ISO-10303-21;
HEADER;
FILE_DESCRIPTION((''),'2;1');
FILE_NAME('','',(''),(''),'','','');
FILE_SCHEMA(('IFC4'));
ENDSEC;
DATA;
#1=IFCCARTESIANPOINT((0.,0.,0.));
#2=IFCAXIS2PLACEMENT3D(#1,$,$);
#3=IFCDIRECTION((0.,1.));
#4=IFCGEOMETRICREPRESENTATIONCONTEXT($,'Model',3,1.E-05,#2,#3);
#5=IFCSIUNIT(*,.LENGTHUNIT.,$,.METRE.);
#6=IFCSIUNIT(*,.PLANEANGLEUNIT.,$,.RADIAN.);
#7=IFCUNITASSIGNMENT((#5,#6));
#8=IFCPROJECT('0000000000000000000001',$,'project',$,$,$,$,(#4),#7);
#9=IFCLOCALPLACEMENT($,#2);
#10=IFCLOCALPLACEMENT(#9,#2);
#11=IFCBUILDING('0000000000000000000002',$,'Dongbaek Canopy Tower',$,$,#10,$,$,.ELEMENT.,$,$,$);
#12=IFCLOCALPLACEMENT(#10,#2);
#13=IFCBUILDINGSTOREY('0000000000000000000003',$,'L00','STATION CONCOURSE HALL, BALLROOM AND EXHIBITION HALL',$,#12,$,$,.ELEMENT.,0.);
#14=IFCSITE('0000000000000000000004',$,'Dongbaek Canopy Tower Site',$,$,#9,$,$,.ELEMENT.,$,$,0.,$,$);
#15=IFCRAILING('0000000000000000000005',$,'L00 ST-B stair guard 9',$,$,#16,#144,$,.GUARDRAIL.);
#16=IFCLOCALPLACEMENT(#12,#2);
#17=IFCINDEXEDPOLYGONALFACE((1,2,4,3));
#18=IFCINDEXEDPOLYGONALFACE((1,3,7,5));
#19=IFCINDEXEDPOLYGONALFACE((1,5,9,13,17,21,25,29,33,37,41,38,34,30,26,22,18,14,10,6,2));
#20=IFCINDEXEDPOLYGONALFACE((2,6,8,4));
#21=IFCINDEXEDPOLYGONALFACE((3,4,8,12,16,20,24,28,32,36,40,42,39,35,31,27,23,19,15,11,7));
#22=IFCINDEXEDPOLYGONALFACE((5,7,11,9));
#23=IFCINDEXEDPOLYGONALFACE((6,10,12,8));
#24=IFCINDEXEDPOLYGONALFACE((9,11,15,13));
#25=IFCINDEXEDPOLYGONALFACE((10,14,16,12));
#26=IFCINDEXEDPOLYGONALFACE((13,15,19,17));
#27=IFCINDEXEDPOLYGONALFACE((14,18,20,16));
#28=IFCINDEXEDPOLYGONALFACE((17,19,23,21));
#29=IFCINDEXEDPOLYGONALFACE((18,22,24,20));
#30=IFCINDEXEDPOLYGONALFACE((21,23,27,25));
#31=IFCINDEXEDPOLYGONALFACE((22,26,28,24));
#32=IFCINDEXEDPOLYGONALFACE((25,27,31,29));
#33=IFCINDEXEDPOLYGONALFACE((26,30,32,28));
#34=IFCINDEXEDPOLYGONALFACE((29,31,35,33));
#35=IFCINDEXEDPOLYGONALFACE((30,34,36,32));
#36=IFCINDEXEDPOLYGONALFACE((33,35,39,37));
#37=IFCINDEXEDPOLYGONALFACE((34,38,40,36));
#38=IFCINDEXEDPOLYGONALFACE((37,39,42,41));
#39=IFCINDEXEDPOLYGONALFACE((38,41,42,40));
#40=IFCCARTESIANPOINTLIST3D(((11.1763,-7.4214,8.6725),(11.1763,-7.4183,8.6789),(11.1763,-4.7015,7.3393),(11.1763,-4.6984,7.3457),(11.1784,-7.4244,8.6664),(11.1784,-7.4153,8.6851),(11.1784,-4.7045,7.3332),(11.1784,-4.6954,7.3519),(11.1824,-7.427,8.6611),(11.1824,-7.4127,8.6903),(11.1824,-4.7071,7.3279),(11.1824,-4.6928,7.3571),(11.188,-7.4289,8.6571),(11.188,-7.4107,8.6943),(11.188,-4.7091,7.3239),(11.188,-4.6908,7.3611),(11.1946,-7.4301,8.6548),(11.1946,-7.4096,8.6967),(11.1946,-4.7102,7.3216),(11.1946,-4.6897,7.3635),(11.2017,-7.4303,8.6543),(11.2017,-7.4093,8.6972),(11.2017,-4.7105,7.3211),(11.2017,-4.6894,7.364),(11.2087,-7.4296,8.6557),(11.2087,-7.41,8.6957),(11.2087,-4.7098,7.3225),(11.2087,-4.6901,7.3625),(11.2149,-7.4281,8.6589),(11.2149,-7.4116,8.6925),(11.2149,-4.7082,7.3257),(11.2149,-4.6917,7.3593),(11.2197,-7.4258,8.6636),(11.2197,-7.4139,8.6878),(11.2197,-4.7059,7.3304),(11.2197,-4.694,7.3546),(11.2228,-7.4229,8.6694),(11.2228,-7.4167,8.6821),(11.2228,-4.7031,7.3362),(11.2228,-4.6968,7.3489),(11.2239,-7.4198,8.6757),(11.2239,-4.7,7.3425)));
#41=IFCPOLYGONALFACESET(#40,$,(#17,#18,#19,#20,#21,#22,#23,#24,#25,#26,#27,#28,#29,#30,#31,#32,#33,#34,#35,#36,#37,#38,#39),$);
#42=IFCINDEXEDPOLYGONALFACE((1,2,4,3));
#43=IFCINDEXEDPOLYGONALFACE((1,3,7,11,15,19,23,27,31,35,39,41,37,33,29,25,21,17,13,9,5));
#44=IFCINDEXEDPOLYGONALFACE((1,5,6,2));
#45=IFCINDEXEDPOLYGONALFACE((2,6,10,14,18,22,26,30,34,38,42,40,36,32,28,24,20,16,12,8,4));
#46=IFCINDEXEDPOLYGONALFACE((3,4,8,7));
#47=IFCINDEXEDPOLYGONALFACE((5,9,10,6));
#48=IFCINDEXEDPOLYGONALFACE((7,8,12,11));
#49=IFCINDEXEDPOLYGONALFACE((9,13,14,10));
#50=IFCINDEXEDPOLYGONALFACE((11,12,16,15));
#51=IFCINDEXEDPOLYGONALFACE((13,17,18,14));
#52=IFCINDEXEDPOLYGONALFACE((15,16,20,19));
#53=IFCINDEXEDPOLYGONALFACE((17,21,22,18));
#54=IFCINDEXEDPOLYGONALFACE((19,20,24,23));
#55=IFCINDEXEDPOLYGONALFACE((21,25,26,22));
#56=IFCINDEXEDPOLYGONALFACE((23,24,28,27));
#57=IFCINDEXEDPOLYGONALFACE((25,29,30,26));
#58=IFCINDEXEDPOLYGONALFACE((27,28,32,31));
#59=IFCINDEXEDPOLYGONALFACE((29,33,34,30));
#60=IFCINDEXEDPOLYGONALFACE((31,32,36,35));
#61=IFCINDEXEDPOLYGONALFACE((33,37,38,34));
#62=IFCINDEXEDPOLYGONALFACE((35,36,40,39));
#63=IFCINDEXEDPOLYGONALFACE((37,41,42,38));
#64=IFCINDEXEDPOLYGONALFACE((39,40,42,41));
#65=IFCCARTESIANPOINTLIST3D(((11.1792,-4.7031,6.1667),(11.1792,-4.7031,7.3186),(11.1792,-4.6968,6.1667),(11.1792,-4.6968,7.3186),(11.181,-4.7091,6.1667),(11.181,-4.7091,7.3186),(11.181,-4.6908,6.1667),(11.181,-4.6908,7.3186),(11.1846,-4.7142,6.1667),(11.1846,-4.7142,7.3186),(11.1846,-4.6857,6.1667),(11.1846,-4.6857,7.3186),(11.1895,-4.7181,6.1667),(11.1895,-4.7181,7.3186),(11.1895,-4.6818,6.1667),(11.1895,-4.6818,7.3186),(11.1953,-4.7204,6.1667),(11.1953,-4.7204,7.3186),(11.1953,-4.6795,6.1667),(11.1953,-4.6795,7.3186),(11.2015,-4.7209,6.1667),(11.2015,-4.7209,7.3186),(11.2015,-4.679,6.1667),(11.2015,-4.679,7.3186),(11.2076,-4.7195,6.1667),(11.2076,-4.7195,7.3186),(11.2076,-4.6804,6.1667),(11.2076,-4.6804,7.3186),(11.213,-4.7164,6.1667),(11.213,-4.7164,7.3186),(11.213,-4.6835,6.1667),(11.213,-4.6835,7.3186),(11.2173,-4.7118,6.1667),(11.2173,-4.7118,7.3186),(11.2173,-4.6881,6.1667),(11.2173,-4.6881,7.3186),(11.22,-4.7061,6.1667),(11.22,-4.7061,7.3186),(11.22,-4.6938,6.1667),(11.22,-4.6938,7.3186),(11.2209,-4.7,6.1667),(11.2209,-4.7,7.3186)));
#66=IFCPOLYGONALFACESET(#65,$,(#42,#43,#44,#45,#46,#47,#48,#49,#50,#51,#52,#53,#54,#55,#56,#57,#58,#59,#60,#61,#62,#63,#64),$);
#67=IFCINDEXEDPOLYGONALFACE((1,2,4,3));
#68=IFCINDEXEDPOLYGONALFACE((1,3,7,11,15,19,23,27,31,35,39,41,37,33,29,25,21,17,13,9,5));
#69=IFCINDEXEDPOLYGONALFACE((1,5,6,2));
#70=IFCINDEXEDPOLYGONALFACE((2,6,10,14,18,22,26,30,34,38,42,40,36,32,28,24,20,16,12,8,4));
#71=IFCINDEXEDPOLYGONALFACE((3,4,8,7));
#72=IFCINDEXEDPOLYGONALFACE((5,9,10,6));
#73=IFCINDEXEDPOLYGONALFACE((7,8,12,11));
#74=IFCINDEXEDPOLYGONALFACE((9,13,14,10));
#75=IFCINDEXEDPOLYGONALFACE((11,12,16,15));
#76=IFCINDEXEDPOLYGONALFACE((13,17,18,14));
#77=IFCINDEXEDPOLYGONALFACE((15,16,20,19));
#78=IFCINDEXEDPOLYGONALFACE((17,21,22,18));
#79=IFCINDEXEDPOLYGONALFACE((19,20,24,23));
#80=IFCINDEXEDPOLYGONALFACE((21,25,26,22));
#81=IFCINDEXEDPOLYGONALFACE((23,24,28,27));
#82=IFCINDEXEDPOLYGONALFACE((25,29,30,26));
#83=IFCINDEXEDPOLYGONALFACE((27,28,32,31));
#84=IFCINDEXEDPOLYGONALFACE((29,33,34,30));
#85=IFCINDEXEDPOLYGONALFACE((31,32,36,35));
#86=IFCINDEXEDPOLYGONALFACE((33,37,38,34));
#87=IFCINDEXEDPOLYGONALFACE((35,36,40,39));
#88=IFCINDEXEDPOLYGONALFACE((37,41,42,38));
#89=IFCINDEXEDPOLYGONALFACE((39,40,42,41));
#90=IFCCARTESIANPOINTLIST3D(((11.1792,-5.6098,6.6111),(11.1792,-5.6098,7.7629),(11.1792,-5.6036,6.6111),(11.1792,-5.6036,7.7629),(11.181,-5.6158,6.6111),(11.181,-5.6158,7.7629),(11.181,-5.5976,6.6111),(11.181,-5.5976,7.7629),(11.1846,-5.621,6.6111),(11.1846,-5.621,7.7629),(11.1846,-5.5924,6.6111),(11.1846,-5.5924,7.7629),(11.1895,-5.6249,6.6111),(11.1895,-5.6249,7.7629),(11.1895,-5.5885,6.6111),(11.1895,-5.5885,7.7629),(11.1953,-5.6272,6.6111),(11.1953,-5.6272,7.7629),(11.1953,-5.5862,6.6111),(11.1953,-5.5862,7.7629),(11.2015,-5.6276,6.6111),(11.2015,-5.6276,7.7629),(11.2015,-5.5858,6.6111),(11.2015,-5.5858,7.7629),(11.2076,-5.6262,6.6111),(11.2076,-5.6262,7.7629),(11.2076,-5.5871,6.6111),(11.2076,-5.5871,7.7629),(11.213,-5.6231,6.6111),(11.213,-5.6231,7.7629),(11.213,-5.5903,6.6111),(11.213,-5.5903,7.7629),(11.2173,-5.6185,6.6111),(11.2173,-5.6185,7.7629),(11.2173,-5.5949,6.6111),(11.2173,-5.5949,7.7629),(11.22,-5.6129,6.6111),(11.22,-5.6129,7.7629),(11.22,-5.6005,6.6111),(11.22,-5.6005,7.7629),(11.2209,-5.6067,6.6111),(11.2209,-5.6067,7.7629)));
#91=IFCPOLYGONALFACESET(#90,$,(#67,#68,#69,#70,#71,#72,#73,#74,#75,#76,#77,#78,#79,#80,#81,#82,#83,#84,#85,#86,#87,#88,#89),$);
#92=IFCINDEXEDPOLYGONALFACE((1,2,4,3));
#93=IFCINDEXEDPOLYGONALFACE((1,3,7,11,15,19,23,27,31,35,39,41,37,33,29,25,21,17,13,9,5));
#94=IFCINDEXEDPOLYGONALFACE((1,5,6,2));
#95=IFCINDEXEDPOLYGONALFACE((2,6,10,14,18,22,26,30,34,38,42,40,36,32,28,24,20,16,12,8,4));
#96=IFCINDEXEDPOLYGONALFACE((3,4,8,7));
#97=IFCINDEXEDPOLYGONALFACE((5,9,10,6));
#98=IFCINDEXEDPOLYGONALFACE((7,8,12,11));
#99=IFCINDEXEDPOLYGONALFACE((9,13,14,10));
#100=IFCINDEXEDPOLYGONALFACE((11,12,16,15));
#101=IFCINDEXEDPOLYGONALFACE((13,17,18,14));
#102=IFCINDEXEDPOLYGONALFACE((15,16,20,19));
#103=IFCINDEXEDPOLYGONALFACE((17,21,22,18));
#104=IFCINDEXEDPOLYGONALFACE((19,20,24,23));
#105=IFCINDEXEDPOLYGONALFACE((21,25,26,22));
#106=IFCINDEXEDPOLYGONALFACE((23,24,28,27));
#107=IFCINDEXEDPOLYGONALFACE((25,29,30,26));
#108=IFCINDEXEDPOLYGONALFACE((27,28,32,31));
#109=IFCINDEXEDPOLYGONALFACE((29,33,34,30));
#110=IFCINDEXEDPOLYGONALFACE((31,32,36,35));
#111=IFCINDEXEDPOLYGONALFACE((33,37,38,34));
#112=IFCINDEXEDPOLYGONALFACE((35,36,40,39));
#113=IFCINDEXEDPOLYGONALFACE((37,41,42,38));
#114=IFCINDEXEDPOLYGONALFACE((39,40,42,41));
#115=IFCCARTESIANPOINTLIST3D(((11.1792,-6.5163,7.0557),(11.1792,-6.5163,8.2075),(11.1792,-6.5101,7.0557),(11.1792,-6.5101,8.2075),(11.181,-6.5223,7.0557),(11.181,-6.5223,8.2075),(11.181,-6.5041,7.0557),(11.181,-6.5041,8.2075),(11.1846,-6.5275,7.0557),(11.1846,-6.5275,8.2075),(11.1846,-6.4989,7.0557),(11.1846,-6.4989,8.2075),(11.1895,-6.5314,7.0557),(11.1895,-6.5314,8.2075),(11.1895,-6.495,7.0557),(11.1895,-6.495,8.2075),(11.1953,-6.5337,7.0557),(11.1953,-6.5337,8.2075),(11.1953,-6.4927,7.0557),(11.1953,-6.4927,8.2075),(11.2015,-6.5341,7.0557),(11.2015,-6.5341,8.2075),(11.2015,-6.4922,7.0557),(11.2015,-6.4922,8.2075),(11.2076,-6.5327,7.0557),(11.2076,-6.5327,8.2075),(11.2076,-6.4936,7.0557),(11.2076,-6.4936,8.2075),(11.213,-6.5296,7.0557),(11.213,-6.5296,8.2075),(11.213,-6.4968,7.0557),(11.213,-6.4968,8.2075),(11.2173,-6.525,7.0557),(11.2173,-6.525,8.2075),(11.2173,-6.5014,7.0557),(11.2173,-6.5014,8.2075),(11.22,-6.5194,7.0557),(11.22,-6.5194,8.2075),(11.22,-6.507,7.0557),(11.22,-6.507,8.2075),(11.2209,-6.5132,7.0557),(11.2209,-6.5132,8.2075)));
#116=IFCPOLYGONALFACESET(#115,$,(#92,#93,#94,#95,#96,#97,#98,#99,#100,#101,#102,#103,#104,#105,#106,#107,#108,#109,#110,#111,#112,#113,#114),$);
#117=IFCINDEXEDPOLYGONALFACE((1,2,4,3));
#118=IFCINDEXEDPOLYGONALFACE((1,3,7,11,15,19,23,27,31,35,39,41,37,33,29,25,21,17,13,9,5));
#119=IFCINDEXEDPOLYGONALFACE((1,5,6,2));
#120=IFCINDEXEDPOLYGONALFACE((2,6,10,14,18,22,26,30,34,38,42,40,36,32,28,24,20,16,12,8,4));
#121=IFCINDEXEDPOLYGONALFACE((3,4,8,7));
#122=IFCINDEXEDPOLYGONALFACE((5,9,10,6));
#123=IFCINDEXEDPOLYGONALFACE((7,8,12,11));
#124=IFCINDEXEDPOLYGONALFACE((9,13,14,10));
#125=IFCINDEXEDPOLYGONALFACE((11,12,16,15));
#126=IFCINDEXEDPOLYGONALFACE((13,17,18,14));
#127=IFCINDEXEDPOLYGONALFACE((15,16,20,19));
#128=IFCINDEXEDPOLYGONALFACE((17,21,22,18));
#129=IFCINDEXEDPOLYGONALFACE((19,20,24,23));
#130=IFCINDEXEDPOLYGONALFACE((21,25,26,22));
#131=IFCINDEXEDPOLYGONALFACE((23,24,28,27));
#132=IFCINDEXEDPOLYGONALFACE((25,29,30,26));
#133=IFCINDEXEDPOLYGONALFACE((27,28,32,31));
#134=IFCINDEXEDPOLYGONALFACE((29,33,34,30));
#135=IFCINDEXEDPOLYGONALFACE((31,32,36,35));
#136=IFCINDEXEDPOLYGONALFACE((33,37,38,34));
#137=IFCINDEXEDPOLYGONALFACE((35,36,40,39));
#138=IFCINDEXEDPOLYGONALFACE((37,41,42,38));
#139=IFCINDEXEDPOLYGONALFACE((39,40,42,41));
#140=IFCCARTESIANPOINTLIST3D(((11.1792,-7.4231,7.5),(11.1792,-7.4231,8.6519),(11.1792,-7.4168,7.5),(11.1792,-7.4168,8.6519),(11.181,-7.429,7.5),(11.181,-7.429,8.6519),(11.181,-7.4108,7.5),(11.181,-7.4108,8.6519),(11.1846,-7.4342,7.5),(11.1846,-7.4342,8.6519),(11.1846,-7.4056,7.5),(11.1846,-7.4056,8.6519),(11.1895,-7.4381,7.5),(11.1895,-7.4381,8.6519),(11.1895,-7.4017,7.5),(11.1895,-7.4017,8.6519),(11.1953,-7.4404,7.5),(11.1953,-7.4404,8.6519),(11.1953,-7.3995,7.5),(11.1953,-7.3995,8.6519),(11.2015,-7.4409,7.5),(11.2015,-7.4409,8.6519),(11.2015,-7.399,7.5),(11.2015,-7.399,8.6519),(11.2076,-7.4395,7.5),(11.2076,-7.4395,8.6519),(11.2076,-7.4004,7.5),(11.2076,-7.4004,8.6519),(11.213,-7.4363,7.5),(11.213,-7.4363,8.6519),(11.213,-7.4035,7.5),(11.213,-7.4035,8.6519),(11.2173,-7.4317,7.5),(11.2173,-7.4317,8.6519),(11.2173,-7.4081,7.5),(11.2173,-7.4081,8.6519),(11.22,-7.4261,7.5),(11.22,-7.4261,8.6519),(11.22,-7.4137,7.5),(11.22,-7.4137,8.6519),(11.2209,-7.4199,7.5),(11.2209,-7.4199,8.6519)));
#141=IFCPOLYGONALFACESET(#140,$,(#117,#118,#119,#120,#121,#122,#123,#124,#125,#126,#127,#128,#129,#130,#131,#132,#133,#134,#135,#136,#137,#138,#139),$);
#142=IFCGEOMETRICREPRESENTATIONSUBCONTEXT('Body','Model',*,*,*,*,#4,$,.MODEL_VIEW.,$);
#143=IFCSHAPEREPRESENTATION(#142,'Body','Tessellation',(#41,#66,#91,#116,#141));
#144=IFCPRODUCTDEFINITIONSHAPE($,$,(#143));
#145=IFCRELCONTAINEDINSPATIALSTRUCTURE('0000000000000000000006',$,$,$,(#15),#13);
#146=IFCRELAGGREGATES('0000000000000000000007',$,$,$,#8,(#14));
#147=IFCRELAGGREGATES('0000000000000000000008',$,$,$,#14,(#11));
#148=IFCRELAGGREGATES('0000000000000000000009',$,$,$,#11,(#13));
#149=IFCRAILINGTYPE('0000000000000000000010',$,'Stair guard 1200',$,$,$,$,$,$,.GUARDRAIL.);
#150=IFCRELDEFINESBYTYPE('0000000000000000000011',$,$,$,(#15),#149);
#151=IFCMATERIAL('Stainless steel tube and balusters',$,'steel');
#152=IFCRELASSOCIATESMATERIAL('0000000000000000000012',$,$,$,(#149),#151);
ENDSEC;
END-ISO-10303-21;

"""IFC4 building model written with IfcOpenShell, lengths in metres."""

from ifc_helpers import new_model, si_unit, direction, frame, origin, origin_2d, place, context, subcontext, project, spatial, circle, extrude, material, type_object, element, save


model = new_model("IFC4")

# Units and contexts
model_context = context("Model", 3, precision=1e-05, world=origin(), true_north=direction((0.0, 1.0)))
body_context = subcontext(model_context, "Body", "Model", "MODEL_VIEW")
ifc_project = project(units=[si_unit("LENGTHUNIT", "METRE"), si_unit("PLANEANGLEUNIT", "RADIAN")], contexts=[model_context])

# Site, building, storey
site_placement = place(None, origin())
site = spatial("IfcSite", under=ifc_project, at=site_placement, Name="Dongbaek Canopy Tower Site", CompositionType="ELEMENT", RefElevation=0.0)
building_placement = place(site_placement, origin())
building = spatial("IfcBuilding", under=site, at=building_placement, Name="Dongbaek Canopy Tower", CompositionType="ELEMENT")
storey_placement = place(building_placement, origin())
storey = spatial("IfcBuildingStorey", under=building, at=storey_placement, Name="L00", Description="STATION CONCOURSE HALL, BALLROOM AND EXHIBITION HALL", CompositionType="ELEMENT", Elevation=0.0)

# Railing
ifc_material_1 = material(Name="Stainless steel tube and balusters", Category="steel")
railing_type_1 = type_object("IfcRailingType", Name="Stair guard 1200", PredefinedType="GUARDRAIL", material=ifc_material_1)
railing_1_placement = place(storey_placement, frame((11.2, -4.7, 6.1667)))
element("IfcRailing", 1, at=railing_1_placement, inside=storey, type_object=railing_type_1, Name="L00 ST-B stair guard 9", PredefinedType="GUARDRAIL", context=body_context, shape_type="SweptSolid", body=[
    extrude(circle(Radius=0.0239, at=origin_2d()), frame((0.0, 0.0, 1.1758), z_axis=(0.0, -0.897929, 0.440139), x_axis=(1.0, 0.0, 0.0)), (0.0, 0.0, 1.0), 3.0291),
    extrude(circle(Radius=0.021, at=origin_2d()), origin(), (0.0, 0.0, 1.0), 1.1519),
    extrude(circle(Radius=0.021, at=origin_2d()), frame((0.0, -0.9067, 0.4443)), (0.0, 0.0, 1.0), 1.1519),
    extrude(circle(Radius=0.021, at=origin_2d()), frame((0.0, -1.8132, 0.8889)), (0.0, 0.0, 1.0), 1.1519),
    extrude(circle(Radius=0.021, at=origin_2d()), frame((0.0, -2.72, 1.3333)), (0.0, 0.0, 1.0), 1.1519),
])

save(model, "model.ifc")
